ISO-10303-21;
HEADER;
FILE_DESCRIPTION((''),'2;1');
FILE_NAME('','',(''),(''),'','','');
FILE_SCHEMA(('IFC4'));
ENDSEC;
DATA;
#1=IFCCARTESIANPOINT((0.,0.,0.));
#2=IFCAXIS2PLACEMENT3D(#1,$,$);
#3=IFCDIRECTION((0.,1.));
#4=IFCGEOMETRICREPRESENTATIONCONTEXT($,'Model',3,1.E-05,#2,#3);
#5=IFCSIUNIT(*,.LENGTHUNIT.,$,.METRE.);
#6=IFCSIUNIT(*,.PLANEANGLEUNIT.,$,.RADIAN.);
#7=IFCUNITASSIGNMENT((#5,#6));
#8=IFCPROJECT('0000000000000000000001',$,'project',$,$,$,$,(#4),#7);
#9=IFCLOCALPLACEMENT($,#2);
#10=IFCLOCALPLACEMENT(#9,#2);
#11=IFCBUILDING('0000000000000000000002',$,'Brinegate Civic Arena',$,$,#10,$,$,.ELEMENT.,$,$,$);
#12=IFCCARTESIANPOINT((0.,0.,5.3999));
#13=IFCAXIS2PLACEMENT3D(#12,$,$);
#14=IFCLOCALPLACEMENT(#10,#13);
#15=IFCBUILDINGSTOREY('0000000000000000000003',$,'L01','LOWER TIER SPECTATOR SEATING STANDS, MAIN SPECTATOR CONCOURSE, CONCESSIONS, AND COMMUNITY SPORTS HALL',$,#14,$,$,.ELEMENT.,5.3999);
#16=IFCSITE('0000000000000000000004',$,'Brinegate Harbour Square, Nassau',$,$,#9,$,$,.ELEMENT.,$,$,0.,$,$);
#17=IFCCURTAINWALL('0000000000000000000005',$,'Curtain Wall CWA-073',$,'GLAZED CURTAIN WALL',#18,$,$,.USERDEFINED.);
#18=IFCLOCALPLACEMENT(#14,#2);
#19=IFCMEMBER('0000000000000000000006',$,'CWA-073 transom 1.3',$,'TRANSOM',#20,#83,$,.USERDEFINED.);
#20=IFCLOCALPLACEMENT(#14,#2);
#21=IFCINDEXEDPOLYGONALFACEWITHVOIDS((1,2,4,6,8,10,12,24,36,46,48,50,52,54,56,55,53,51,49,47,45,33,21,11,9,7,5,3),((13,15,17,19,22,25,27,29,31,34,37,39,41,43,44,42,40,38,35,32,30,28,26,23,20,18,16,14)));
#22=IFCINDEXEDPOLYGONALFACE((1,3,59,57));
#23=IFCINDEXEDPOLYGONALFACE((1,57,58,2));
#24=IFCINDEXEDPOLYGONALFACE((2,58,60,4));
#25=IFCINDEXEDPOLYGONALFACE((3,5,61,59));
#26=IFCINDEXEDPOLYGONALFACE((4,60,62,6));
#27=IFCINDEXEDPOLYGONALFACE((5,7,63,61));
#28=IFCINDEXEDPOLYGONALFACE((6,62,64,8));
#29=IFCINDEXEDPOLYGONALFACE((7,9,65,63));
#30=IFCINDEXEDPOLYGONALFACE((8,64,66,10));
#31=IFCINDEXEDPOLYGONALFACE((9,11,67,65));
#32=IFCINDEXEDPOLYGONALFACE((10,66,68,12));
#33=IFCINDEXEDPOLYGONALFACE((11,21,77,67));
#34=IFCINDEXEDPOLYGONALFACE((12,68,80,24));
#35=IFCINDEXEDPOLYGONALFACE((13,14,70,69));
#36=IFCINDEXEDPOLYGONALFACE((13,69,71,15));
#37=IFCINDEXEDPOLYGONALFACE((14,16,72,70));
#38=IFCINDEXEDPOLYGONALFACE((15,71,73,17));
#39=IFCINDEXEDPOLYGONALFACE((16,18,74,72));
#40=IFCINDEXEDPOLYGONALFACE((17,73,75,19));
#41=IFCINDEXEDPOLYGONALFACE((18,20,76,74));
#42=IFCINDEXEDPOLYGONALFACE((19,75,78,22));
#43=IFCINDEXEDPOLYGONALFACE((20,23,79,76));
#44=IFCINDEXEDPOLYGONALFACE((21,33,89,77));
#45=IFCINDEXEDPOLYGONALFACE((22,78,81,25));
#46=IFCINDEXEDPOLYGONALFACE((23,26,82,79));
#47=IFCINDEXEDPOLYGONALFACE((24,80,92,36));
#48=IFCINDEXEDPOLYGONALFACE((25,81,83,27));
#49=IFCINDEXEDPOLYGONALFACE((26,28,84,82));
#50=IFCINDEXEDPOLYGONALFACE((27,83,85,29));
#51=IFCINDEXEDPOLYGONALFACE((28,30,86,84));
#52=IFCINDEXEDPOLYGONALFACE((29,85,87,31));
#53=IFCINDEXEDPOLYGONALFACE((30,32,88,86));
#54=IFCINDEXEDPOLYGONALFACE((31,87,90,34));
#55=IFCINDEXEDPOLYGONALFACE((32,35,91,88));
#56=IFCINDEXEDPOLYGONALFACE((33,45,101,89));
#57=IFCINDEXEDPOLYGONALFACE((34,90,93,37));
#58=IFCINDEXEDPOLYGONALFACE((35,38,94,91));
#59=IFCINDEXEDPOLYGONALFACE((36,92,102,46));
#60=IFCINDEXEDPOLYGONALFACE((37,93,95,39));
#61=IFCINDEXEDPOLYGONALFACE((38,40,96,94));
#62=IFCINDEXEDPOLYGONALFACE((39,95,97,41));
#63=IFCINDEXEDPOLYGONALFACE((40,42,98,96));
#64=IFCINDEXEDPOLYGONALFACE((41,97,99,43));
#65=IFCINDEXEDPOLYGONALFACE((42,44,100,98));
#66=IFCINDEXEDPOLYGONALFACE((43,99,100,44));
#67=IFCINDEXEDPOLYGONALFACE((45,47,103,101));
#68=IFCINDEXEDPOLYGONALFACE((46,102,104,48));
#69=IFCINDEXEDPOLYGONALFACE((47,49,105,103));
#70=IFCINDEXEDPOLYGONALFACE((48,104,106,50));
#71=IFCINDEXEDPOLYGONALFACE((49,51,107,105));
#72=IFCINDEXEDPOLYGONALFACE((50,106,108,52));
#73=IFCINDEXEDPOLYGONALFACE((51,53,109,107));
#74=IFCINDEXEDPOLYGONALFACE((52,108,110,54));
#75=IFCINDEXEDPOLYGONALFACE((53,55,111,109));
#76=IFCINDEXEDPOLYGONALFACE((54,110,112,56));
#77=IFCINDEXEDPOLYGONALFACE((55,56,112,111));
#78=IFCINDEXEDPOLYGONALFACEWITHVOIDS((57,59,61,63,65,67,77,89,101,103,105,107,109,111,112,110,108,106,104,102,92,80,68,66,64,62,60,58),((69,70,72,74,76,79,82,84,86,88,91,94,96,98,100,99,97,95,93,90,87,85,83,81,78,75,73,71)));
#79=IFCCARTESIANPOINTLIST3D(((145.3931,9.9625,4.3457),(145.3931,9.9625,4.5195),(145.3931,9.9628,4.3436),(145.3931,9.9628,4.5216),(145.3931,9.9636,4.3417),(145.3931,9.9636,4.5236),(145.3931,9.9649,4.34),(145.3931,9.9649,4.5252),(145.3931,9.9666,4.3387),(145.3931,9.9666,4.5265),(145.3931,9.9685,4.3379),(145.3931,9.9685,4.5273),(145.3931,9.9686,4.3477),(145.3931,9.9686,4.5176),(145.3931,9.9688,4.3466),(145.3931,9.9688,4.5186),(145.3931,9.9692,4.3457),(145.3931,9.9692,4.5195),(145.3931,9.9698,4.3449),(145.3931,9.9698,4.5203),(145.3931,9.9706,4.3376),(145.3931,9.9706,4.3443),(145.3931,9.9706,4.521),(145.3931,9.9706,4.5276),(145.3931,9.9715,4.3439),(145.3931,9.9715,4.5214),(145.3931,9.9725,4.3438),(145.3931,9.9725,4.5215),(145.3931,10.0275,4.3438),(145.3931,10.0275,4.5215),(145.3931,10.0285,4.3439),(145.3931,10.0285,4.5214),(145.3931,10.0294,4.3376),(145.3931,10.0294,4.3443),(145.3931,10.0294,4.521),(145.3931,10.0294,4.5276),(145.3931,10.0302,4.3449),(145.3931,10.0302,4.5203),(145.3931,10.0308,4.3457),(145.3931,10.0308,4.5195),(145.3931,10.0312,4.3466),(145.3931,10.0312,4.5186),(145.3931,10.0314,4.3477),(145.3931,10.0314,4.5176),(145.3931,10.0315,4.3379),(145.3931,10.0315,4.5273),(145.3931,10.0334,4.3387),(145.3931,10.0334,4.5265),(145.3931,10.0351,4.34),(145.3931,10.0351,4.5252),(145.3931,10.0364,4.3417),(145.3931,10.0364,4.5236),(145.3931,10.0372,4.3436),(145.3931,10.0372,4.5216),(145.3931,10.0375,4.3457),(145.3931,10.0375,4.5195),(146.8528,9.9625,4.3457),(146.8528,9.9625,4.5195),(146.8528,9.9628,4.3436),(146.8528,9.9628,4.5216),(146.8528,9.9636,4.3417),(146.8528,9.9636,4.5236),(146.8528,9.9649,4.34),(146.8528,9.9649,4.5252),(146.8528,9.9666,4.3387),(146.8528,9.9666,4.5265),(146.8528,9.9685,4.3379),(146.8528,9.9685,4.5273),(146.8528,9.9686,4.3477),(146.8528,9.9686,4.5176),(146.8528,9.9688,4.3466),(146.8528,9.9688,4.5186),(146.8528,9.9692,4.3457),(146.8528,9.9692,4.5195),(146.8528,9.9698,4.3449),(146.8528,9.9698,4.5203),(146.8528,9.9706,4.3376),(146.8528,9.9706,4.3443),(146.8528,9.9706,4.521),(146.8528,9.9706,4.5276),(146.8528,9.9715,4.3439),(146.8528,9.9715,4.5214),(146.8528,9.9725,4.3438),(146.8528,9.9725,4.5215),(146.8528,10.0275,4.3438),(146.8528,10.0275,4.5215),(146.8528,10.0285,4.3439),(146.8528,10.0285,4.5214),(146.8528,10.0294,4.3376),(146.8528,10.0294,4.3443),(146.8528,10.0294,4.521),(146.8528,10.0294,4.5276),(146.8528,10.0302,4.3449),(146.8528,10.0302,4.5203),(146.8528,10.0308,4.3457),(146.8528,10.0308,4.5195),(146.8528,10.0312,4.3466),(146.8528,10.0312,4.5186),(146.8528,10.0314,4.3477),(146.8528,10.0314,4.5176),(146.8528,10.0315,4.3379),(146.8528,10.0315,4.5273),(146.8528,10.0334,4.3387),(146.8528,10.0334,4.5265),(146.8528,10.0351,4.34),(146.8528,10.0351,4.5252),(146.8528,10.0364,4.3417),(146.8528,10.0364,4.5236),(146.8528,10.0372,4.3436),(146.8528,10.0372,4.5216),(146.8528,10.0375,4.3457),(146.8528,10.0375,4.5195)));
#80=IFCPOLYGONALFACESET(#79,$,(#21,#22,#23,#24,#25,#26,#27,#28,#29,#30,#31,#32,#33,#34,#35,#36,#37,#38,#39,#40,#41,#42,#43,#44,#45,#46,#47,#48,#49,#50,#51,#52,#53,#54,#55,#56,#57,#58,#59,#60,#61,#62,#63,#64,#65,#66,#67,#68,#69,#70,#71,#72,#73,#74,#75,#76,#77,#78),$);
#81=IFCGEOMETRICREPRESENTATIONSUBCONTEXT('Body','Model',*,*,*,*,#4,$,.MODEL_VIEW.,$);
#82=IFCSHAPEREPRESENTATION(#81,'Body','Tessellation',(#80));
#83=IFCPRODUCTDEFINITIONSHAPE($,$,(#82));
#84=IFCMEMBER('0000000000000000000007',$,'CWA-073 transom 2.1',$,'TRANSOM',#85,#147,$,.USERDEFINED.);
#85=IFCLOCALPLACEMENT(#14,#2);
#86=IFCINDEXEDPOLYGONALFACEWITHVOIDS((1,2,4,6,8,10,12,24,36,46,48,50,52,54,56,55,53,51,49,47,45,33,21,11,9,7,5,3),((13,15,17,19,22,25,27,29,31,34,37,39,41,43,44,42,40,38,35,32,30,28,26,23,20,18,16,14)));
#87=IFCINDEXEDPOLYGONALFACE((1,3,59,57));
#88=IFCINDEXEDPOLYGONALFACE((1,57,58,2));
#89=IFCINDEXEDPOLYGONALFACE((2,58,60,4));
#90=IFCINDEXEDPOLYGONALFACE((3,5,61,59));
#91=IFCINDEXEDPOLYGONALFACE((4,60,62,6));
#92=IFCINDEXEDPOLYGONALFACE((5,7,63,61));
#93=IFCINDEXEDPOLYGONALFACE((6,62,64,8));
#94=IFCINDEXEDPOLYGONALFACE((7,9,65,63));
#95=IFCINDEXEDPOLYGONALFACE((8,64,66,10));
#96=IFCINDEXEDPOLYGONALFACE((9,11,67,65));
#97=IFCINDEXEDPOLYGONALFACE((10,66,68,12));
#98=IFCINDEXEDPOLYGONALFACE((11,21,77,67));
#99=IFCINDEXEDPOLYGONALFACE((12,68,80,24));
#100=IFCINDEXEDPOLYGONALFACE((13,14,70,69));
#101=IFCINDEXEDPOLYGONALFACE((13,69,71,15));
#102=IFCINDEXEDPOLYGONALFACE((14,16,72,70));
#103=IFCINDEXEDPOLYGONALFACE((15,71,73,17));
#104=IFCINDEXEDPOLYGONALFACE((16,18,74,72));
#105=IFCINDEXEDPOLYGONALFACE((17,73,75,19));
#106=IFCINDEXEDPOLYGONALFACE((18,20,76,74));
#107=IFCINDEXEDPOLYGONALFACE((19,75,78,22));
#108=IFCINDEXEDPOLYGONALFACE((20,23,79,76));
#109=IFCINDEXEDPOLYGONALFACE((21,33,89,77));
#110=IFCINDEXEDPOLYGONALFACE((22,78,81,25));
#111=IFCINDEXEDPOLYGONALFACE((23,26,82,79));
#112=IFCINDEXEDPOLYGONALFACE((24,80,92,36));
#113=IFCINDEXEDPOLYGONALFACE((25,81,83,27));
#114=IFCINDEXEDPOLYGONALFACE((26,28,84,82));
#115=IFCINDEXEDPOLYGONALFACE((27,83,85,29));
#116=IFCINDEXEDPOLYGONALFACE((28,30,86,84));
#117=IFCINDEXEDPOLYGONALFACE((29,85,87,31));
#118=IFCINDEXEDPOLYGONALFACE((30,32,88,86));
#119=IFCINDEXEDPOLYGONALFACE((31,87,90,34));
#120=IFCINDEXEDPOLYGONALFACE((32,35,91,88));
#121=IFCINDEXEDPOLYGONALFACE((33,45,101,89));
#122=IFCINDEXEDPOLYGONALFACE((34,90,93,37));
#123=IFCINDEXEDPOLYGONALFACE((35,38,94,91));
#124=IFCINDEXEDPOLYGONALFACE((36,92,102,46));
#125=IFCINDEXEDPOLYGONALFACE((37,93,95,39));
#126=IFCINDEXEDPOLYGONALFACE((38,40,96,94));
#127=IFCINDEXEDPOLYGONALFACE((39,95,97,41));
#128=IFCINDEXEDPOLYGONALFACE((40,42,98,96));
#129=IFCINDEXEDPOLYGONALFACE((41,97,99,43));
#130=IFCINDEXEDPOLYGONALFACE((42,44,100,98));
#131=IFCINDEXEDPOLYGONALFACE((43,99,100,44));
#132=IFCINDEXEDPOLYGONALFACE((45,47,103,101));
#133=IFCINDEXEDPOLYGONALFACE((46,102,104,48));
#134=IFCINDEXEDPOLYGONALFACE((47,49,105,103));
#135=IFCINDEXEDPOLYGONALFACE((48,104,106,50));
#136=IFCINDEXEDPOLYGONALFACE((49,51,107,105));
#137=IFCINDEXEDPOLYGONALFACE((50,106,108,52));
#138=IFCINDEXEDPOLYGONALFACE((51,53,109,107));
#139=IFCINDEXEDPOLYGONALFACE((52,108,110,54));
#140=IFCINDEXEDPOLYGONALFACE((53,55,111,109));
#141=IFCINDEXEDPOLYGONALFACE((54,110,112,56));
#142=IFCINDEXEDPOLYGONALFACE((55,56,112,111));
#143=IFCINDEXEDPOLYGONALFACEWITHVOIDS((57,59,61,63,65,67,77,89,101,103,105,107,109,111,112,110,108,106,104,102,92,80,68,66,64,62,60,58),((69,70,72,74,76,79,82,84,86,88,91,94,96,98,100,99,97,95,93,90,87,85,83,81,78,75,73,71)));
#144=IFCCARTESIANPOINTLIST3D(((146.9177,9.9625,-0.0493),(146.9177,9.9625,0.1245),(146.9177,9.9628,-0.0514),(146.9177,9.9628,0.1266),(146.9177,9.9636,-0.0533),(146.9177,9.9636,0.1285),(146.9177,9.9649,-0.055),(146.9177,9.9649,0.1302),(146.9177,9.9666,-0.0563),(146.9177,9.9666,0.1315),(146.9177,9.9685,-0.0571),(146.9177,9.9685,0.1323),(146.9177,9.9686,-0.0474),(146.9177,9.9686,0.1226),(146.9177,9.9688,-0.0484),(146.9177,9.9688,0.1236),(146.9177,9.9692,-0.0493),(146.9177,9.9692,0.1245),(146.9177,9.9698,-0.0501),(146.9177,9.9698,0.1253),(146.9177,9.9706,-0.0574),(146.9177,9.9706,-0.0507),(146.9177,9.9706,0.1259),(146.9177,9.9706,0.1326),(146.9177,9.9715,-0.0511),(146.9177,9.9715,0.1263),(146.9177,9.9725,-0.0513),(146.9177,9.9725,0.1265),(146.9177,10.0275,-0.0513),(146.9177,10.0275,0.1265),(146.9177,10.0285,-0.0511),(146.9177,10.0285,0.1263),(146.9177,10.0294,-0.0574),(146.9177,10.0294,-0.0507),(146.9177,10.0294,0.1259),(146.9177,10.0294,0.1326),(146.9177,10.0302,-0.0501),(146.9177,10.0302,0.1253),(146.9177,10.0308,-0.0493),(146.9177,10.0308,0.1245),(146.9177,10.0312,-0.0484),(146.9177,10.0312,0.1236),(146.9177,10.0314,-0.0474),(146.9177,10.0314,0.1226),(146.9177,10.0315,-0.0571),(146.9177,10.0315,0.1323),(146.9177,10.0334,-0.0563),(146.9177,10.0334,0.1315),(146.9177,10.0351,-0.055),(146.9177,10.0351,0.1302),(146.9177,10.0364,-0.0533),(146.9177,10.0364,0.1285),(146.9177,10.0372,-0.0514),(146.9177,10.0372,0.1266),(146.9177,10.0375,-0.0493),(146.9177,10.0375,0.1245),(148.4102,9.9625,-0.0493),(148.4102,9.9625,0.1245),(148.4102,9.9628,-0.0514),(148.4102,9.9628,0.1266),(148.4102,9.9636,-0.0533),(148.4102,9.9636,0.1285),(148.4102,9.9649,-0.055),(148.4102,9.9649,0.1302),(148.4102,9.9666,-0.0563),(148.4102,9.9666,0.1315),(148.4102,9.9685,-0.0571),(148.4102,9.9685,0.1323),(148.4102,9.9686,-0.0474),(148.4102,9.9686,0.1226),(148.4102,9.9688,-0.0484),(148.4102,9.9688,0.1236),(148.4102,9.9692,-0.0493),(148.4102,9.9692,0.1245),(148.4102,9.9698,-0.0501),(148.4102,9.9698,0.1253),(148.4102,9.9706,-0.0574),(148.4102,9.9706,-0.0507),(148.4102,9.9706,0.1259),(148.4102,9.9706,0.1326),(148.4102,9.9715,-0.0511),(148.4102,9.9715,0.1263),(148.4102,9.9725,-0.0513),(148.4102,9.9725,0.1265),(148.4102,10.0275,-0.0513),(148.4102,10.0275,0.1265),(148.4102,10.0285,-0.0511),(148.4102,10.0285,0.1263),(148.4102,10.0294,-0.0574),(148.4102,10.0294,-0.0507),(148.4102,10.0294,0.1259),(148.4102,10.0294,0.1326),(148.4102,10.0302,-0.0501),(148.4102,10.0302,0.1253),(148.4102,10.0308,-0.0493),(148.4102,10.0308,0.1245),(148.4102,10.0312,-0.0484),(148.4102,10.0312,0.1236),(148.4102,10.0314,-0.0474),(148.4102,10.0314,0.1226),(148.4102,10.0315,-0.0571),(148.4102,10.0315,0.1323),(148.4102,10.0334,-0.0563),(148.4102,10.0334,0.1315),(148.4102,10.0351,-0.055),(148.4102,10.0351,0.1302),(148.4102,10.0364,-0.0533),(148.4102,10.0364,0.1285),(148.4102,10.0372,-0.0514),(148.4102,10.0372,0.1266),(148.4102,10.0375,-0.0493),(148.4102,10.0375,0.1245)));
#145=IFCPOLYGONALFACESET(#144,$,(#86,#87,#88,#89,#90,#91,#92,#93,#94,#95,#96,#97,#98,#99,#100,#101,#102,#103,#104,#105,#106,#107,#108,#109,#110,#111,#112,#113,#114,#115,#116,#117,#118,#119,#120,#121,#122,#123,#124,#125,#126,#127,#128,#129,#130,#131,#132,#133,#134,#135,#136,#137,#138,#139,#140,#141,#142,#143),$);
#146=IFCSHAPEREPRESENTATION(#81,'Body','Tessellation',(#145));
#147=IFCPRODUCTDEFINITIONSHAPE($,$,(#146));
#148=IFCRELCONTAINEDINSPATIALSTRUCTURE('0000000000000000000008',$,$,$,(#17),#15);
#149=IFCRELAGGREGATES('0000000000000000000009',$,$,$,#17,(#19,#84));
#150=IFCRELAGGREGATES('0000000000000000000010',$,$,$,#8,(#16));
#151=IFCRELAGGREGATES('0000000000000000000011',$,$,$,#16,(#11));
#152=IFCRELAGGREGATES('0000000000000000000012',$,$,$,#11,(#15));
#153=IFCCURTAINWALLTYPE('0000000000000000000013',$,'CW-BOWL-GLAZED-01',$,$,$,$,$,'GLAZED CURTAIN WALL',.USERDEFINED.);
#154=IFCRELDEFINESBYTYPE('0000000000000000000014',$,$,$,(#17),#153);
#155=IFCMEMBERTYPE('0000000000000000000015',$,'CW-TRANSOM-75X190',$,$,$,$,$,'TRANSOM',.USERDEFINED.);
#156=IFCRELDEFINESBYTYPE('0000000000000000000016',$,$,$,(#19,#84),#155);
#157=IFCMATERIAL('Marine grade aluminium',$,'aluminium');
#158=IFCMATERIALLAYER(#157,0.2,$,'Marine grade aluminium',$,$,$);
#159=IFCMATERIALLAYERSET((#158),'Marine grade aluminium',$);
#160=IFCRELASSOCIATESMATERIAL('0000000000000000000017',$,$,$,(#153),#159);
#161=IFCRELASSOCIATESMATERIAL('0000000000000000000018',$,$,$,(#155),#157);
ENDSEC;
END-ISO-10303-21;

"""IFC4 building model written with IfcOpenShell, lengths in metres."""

from ifc_helpers import new_model, si_unit, direction, frame, origin, origin_2d, place, context, subcontext, project, spatial, hollow_rectangle, extrude, material, layer, layer_set, material_profile, profile_set, type_object, element, aggregate, save


model = new_model("IFC4")

# Units and contexts
model_context = context("Model", 3, precision=1e-05, world=origin(), true_north=direction((0.0, 1.0)))
body_context = subcontext(model_context, "Body", "Model", "MODEL_VIEW")
ifc_project = project(units=[si_unit("LENGTHUNIT", "METRE"), si_unit("PLANEANGLEUNIT", "RADIAN")], contexts=[model_context])

# Site, building, storey
site_placement = place(None, origin())
site = spatial("IfcSite", under=ifc_project, at=site_placement, Name="Brinegate Harbour Square, Nassau", CompositionType="ELEMENT", RefElevation=0.0)
building_placement = place(site_placement, origin())
building = spatial("IfcBuilding", under=site, at=building_placement, Name="Brinegate Civic Arena", CompositionType="ELEMENT")
storey_placement = place(building_placement, frame((0.0, 0.0, 5.3999)))
storey = spatial("IfcBuildingStorey", under=building, at=storey_placement, Name="L01", Description="LOWER TIER SPECTATOR SEATING STANDS, MAIN SPECTATOR CONCOURSE, CONCESSIONS, AND COMMUNITY SPORTS HALL", CompositionType="ELEMENT", Elevation=5.3999)

# Curtain wall, members
ifc_material_1 = material(Name="Marine grade aluminium", Category="aluminium")
ifc_layer_1 = layer(ifc_material_1, 0.2, Name="Marine grade aluminium")
ifc_layer_set_1 = layer_set([ifc_layer_1], Name="Marine grade aluminium")
curtain_wall_type = type_object("IfcCurtainWallType", Name="CW-BOWL-GLAZED-01", ElementType="GLAZED CURTAIN WALL", PredefinedType="USERDEFINED", material=ifc_layer_set_1)
curtain_wall_placement = place(storey_placement, origin())
curtain_wall = element("IfcCurtainWall", 1, at=curtain_wall_placement, inside=storey, type_object=curtain_wall_type, Name="Curtain Wall CWA-073", ObjectType="GLAZED CURTAIN WALL", PredefinedType="USERDEFINED")
ifc_material_profile_1 = material_profile(ifc_material_1, hollow_rectangle(XDim=0.075, YDim=0.1899, WallThickness=0.0061, InnerFilletRadius=0.0039, OuterFilletRadius=0.0081, at=origin_2d()), Name="TRN75X190")
ifc_profile_set_1 = profile_set([ifc_material_profile_1], Name="Marine grade aluminium")
member_type_1 = type_object("IfcMemberType", Name="CW-TRANSOM-75X190", ElementType="TRANSOM", PredefinedType="USERDEFINED", material=ifc_profile_set_1)
member_1_placement = place(storey_placement, frame((145.3931, 10.0, 4.4326), z_axis=(1.0, 0.0, 0.0), x_axis=(0.0, 1.0, 0.0)))
member_1 = element("IfcMember", 2, at=member_1_placement, type_object=member_type_1, Name="CWA-073 transom 1.3", ObjectType="TRANSOM", PredefinedType="USERDEFINED", context=body_context, shape_type="SweptSolid", body=[
    extrude(hollow_rectangle(XDim=0.075, YDim=0.1899, WallThickness=0.0061, InnerFilletRadius=0.0039, OuterFilletRadius=0.0081, at=origin_2d()), origin(), (0.0, 0.0, 1.0), 1.4597),
])
member_2_placement = place(storey_placement, frame((146.9177, 10.0, 0.0376), z_axis=(1.0, 0.0, 0.0), x_axis=(0.0, 1.0, 0.0)))
member_2 = element("IfcMember", 3, at=member_2_placement, type_object=member_type_1, Name="CWA-073 transom 2.1", ObjectType="TRANSOM", PredefinedType="USERDEFINED", context=body_context, shape_type="SweptSolid", body=[
    extrude(hollow_rectangle(XDim=0.075, YDim=0.1899, WallThickness=0.0061, InnerFilletRadius=0.0039, OuterFilletRadius=0.0081, at=origin_2d()), origin(), (0.0, 0.0, 1.0), 1.4924),
])

aggregate(curtain_wall, [member_1, member_2])

save(model, "model.ifc")
